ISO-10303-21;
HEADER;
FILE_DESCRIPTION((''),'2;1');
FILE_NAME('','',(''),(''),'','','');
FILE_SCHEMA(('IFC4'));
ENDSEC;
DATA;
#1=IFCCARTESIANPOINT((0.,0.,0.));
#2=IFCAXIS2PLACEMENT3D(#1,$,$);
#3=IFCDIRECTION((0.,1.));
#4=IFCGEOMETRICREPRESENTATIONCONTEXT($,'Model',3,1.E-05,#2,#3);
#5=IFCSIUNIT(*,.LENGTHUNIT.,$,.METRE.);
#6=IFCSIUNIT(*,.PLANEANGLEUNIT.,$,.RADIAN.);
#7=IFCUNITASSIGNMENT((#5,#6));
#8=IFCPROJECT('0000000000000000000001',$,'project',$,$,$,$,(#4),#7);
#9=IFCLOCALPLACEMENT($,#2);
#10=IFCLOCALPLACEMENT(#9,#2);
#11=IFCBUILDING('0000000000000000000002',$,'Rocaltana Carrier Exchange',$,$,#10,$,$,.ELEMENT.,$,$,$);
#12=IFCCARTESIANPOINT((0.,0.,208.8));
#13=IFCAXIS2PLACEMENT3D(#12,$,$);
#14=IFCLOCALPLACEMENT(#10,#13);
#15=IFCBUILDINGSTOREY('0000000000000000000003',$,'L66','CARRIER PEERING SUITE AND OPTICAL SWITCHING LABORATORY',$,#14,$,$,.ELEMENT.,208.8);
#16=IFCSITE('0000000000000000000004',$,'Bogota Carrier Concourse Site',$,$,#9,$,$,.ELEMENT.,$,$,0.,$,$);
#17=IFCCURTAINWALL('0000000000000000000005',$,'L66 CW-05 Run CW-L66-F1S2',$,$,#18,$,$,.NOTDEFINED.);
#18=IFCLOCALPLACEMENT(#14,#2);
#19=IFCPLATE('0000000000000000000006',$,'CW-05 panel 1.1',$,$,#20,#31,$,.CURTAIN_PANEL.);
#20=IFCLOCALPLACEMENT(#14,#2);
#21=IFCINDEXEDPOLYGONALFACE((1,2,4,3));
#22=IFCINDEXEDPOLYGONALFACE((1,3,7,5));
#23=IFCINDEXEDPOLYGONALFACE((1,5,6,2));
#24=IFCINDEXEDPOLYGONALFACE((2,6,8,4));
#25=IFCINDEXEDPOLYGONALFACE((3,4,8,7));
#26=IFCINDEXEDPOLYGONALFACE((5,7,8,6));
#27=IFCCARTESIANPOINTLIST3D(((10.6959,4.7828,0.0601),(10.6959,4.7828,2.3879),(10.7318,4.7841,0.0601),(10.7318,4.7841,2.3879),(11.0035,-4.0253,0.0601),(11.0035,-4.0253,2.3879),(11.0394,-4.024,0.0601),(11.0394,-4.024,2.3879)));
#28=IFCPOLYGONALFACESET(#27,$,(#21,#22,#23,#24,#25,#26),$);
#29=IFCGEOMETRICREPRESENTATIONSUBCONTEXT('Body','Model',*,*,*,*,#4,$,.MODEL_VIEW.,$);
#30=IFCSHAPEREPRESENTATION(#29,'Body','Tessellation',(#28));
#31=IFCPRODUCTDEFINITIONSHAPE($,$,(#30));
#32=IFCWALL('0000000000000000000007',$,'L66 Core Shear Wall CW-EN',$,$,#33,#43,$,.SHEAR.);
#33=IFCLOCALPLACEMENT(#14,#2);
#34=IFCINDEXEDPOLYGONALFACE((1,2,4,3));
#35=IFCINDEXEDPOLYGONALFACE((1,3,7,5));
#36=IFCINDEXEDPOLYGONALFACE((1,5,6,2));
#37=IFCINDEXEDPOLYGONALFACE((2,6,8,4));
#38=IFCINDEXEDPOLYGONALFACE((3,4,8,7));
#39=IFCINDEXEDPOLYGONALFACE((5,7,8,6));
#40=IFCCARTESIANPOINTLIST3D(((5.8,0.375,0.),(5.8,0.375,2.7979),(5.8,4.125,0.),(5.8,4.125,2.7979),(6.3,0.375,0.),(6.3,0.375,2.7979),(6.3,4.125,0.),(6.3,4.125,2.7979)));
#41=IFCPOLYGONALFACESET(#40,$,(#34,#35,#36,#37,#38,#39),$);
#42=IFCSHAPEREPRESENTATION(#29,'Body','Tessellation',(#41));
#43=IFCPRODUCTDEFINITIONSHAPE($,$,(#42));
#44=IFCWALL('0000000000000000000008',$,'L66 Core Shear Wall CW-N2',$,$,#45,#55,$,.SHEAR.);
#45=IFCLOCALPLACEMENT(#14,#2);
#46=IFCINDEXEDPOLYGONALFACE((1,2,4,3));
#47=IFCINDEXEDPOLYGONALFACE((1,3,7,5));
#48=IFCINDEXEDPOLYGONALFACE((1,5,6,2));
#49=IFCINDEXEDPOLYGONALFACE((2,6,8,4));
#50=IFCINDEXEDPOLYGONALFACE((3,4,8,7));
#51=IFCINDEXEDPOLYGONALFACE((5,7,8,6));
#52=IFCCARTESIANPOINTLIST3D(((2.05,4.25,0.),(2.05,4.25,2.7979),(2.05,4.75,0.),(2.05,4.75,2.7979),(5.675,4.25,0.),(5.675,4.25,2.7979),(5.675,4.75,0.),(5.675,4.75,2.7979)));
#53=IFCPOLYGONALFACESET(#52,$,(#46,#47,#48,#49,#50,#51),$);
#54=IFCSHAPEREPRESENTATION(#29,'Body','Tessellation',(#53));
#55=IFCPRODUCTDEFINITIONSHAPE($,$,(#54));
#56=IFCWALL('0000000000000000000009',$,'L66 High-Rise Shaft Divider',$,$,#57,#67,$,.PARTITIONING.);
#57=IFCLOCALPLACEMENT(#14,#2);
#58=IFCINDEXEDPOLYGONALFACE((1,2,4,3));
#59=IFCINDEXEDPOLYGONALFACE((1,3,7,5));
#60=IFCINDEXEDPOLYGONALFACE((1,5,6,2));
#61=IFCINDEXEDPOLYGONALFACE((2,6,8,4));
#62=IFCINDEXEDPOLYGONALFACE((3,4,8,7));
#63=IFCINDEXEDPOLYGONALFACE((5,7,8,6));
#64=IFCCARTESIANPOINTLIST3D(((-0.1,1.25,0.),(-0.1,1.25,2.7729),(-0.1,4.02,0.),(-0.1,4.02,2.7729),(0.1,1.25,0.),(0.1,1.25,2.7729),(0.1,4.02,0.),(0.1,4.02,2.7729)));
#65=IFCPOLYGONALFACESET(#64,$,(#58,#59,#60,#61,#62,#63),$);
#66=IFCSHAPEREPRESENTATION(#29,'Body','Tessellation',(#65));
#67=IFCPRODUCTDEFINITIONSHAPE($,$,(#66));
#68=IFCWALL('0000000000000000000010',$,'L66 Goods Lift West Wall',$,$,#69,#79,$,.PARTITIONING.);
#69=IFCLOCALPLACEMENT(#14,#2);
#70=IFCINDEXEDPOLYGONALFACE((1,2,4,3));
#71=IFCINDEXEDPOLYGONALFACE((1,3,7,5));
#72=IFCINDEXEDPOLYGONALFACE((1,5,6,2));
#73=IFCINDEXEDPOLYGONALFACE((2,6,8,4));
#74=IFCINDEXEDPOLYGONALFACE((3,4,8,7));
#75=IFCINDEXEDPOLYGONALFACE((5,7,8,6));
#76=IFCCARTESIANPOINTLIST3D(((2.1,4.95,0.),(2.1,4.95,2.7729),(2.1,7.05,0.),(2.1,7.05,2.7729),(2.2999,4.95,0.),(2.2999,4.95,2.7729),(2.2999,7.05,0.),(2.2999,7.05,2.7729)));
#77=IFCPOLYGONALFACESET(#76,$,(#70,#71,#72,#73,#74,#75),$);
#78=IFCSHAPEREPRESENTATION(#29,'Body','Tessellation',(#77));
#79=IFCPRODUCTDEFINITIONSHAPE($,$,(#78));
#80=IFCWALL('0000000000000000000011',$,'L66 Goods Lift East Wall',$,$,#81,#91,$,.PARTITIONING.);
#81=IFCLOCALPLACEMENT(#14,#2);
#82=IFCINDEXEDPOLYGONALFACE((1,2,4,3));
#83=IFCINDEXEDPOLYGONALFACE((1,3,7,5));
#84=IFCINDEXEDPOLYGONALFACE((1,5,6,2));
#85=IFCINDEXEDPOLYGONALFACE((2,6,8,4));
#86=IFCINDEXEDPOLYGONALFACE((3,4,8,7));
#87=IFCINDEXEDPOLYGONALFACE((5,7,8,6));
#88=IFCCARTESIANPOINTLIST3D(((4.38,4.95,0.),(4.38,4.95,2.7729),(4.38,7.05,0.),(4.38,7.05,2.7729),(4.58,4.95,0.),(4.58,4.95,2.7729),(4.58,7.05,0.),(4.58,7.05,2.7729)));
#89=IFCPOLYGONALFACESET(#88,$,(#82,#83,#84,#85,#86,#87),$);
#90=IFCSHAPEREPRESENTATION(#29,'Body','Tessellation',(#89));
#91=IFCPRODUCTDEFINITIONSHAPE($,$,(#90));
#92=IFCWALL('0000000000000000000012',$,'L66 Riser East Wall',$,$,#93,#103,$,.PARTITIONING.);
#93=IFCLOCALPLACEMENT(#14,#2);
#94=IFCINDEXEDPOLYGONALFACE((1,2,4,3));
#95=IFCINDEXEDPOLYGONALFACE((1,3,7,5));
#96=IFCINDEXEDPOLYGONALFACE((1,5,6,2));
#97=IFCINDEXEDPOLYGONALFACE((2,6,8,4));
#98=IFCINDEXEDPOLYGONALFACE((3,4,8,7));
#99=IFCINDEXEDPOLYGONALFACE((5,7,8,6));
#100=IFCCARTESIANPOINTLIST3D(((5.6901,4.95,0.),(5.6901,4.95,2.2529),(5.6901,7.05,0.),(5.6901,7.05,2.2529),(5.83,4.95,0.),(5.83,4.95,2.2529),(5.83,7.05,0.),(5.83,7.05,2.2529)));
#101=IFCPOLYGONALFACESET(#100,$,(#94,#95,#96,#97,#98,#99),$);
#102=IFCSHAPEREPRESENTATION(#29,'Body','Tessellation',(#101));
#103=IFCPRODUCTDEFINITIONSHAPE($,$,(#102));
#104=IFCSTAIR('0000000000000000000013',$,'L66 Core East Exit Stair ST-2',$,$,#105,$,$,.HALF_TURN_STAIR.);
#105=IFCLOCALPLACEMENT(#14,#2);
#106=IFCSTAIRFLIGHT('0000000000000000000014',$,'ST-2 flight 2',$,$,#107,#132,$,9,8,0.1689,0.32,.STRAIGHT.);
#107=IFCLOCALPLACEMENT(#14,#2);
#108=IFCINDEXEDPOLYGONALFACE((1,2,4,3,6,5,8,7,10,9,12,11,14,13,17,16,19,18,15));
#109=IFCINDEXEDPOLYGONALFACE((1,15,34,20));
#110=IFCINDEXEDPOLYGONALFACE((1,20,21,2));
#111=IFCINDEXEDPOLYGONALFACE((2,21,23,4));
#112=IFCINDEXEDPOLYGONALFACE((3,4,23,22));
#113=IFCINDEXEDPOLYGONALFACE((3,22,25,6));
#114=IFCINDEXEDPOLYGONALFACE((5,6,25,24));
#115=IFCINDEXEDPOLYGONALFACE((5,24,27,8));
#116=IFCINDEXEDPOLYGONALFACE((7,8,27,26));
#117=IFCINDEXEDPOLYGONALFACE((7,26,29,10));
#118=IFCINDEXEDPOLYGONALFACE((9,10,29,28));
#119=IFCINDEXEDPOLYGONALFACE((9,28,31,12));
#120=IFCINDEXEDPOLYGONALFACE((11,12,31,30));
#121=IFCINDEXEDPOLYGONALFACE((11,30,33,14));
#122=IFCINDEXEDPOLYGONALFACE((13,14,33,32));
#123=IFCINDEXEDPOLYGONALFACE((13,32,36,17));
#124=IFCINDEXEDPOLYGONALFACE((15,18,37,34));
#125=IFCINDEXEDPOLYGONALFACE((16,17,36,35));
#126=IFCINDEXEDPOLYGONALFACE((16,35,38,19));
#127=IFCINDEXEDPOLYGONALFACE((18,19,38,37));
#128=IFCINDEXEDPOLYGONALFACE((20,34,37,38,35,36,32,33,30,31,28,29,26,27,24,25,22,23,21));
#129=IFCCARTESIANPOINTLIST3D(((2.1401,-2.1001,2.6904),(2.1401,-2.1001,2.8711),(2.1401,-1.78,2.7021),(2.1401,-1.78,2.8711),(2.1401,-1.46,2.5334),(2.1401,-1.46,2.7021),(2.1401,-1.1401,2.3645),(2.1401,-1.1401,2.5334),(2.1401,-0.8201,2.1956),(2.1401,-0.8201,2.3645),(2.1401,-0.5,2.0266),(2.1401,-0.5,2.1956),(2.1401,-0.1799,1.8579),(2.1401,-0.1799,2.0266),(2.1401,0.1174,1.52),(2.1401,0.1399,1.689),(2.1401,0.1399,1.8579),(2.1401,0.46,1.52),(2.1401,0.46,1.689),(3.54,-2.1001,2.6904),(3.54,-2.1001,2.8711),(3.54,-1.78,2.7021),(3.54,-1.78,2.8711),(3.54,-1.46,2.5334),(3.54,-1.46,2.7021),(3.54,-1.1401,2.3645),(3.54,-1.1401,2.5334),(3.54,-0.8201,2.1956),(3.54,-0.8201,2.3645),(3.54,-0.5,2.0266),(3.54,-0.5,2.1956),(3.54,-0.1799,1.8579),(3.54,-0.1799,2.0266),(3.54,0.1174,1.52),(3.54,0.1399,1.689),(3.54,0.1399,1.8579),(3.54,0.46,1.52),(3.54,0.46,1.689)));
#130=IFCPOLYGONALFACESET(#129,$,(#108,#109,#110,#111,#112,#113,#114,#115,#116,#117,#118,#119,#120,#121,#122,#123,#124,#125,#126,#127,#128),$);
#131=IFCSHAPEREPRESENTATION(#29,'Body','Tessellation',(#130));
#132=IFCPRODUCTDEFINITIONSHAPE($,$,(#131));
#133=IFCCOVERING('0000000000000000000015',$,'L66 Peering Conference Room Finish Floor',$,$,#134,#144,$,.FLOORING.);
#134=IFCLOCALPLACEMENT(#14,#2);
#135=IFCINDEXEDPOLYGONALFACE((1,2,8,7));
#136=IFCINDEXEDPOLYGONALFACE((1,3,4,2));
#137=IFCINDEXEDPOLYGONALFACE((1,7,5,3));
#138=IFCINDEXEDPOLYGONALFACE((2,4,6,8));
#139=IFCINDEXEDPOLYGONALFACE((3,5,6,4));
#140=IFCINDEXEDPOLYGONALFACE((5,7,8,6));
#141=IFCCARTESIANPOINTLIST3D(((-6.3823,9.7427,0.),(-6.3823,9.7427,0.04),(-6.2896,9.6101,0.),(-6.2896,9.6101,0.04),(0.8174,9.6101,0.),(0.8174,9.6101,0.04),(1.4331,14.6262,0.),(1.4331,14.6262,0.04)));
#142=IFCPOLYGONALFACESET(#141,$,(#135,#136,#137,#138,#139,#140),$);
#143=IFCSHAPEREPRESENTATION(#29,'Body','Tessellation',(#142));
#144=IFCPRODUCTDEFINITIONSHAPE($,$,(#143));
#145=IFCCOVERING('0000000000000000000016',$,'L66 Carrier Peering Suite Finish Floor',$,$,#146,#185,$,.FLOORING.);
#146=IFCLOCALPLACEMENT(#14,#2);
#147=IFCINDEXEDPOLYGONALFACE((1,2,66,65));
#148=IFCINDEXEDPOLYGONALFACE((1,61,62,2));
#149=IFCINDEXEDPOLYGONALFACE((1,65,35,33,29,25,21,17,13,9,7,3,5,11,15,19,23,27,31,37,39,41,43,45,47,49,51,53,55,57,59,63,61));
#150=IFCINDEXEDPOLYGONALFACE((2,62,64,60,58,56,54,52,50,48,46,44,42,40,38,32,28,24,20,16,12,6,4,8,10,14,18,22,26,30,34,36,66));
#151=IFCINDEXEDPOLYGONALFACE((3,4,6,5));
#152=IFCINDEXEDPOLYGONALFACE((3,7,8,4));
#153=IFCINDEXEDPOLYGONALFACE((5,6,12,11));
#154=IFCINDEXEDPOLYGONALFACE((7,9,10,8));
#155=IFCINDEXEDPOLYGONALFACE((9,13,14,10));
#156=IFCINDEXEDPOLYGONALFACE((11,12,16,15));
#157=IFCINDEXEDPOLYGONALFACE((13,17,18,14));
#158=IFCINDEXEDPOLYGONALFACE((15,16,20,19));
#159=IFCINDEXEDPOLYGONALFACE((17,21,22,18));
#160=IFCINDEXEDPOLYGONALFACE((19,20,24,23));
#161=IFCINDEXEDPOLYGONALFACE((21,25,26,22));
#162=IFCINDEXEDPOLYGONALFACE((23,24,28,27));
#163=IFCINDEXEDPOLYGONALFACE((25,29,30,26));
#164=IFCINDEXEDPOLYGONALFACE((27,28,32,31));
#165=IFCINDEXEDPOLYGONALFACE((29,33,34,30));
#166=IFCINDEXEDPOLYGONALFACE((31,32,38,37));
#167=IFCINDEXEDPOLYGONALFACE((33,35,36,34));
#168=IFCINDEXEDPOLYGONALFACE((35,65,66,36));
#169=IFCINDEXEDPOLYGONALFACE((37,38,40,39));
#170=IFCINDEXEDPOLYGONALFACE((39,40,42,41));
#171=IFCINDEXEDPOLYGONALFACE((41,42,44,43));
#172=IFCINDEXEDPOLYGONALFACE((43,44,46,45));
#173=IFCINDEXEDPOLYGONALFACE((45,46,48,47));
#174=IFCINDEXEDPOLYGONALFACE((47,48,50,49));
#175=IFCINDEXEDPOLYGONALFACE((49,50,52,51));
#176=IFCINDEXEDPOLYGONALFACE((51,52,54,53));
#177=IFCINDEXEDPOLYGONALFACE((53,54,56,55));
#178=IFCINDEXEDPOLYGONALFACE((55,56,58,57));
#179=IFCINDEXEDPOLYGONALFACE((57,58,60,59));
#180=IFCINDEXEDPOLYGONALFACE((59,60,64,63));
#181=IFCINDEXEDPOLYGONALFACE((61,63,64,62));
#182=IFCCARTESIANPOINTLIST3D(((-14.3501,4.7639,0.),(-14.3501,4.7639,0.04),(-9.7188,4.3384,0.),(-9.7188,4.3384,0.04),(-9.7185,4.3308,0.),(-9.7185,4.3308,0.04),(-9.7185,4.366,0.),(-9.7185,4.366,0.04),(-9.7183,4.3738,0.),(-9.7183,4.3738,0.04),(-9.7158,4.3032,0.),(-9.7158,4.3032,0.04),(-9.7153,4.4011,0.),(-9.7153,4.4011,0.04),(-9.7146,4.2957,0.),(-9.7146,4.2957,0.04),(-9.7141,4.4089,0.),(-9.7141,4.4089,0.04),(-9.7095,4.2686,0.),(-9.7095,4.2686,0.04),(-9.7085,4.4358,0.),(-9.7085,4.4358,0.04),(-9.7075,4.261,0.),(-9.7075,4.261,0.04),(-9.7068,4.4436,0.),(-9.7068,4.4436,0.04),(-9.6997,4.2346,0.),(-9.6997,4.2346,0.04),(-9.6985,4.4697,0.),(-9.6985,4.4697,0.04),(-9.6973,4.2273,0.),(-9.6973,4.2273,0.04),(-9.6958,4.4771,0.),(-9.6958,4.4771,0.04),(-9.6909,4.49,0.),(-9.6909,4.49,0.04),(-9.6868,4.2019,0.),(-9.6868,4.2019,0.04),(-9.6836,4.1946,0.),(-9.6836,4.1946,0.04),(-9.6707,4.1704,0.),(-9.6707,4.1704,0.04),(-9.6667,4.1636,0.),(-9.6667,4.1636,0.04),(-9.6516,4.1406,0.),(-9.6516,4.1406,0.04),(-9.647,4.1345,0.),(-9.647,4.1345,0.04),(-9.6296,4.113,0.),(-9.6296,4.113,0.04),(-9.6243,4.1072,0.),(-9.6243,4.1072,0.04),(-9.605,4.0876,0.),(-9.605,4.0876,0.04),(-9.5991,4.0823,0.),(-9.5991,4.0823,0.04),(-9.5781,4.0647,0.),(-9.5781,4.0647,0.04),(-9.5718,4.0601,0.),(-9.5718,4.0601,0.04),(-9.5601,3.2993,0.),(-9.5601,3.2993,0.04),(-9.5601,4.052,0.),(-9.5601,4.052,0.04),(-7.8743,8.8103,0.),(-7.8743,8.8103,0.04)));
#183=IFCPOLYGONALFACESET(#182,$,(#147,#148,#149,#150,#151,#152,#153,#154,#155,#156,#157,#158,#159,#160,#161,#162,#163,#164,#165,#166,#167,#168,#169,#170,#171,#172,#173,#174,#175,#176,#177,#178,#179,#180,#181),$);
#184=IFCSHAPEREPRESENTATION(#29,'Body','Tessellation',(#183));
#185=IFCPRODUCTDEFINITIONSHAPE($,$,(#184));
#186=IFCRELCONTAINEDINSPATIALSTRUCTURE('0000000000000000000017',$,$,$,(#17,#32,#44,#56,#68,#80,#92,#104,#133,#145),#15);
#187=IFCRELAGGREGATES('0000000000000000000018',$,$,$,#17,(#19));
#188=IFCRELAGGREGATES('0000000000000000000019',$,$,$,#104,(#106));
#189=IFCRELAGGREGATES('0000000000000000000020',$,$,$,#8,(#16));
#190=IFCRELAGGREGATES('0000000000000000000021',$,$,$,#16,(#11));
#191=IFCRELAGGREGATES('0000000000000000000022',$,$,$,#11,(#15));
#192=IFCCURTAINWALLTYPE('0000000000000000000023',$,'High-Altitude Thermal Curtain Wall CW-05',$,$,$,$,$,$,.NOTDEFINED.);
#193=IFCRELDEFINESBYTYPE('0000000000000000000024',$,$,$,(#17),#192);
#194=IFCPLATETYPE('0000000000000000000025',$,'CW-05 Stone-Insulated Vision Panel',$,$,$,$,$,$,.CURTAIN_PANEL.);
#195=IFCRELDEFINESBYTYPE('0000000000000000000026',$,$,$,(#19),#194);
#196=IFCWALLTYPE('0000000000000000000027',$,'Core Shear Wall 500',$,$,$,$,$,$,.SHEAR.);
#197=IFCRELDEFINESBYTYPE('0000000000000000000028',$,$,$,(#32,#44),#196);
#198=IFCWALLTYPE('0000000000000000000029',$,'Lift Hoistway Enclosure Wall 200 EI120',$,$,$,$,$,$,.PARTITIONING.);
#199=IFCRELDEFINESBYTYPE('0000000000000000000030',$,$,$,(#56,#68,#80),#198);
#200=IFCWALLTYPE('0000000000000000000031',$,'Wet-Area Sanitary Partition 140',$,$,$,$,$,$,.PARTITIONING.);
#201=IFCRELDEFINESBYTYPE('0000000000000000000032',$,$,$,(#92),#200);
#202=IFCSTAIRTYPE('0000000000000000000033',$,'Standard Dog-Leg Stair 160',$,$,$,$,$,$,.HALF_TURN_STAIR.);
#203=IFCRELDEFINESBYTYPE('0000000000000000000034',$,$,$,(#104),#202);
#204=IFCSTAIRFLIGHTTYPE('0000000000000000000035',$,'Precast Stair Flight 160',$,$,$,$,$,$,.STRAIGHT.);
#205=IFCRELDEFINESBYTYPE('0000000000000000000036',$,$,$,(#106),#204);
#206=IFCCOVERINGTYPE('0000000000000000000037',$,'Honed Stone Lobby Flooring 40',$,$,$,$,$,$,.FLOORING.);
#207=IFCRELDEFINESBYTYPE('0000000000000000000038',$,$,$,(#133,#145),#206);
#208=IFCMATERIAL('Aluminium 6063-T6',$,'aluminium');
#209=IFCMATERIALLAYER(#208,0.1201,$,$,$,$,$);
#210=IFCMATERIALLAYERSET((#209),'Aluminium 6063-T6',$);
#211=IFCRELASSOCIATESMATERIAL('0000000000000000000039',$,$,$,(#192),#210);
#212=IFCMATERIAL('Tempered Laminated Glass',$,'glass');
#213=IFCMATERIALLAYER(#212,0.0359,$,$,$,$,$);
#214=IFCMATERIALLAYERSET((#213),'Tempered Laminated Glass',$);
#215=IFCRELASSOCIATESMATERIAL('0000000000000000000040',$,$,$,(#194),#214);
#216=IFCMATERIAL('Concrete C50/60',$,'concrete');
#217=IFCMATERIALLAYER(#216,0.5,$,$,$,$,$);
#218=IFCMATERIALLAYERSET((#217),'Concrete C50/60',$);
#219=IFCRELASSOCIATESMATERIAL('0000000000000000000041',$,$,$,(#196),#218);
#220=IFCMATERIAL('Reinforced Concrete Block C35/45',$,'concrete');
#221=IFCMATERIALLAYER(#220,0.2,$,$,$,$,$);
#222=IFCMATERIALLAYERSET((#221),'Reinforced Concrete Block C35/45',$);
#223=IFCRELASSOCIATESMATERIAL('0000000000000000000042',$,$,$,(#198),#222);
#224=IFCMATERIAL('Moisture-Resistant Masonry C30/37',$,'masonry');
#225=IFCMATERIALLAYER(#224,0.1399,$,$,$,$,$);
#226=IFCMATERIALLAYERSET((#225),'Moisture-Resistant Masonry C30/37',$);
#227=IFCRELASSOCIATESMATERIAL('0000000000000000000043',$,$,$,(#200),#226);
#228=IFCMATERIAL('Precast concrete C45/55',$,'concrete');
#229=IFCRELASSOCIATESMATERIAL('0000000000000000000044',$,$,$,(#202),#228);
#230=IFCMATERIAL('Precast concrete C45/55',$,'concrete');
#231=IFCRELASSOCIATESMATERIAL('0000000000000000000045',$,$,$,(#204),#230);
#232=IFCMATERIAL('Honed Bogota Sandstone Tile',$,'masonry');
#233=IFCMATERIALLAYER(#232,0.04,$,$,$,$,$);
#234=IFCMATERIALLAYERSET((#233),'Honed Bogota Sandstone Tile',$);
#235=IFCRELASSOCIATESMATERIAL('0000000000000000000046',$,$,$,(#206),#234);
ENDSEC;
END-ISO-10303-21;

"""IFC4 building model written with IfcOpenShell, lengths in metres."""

from ifc_helpers import new_model, si_unit, direction, frame, frame_2d, origin, origin_2d, place, context, subcontext, project, spatial, polyline, rectangle, outline, extrude, material, layer, layer_set, type_object, element, aggregate, save


model = new_model("IFC4")

# Units and contexts
model_context = context("Model", 3, precision=1e-05, world=origin(), true_north=direction((0.0, 1.0)))
body_context = subcontext(model_context, "Body", "Model", "MODEL_VIEW")
ifc_project = project(units=[si_unit("LENGTHUNIT", "METRE"), si_unit("PLANEANGLEUNIT", "RADIAN")], contexts=[model_context])

# Site, building, storey
site_placement = place(None, origin())
site = spatial("IfcSite", under=ifc_project, at=site_placement, Name="Bogota Carrier Concourse Site", CompositionType="ELEMENT", RefElevation=0.0)
building_placement = place(site_placement, origin())
building = spatial("IfcBuilding", under=site, at=building_placement, Name="Rocaltana Carrier Exchange", CompositionType="ELEMENT")
storey_placement = place(building_placement, frame((0.0, 0.0, 208.8)))
storey = spatial("IfcBuildingStorey", under=building, at=storey_placement, Name="L66", Description="CARRIER PEERING SUITE AND OPTICAL SWITCHING LABORATORY", CompositionType="ELEMENT", Elevation=208.8)

# Curtain wall
ifc_material_1 = material(Name="Aluminium 6063-T6", Category="aluminium")
ifc_layer_1 = layer(ifc_material_1, 0.1201)
ifc_layer_set_1 = layer_set([ifc_layer_1], Name="Aluminium 6063-T6")
curtain_wall_type = type_object("IfcCurtainWallType", Name="High-Altitude Thermal Curtain Wall CW-05", PredefinedType="NOTDEFINED", material=ifc_layer_set_1)
curtain_wall_placement = place(storey_placement, origin())
curtain_wall = element("IfcCurtainWall", 1, at=curtain_wall_placement, inside=storey, type_object=curtain_wall_type, Name="L66 CW-05 Run CW-L66-F1S2", PredefinedType="NOTDEFINED")

# Plate
ifc_material_2 = material(Name="Tempered Laminated Glass", Category="glass")
ifc_layer_2 = layer(ifc_material_2, 0.0359)
ifc_layer_set_2 = layer_set([ifc_layer_2], Name="Tempered Laminated Glass")
plate_type = type_object("IfcPlateType", Name="CW-05 Stone-Insulated Vision Panel", PredefinedType="CURTAIN_PANEL", material=ifc_layer_set_2)
plate_placement = place(storey_placement, frame((10.8677, 0.3794, 0.0601), z_axis=(0.0, 0.0, 1.0), x_axis=(-0.034903, 0.999391, 0.0)))
plate = element("IfcPlate", 2, at=plate_placement, type_object=plate_type, Name="CW-05 panel 1.1", PredefinedType="CURTAIN_PANEL", context=body_context, shape_type="SweptSolid", body=[
    extrude(rectangle(XDim=8.8135, YDim=0.0359, at=origin_2d()), origin(), (0.0, 0.0, 1.0), 2.3279),
])
aggregate(curtain_wall, [plate])

# Walls
ifc_material_3 = material(Name="Concrete C50/60", Category="concrete")
ifc_layer_3 = layer(ifc_material_3, 0.5)
ifc_layer_set_3 = layer_set([ifc_layer_3], Name="Concrete C50/60")
wall_type_1 = type_object("IfcWallType", Name="Core Shear Wall 500", PredefinedType="SHEAR", material=ifc_layer_set_3)
wall_1_placement = place(storey_placement, frame((6.05, 0.375, 0.0), z_axis=(0.0, 0.0, 1.0), x_axis=(0.0, 1.0, 0.0)))
element("IfcWall", 3, at=wall_1_placement, inside=storey, type_object=wall_type_1, Name="L66 Core Shear Wall CW-EN", PredefinedType="SHEAR", context=body_context, shape_type="SweptSolid", body=[
    extrude(rectangle(XDim=3.75, YDim=0.5, at=frame_2d((1.875, 0.0))), origin(), (0.0, 0.0, 1.0), 2.7979),
])
wall_2_placement = place(storey_placement, frame((2.05, 4.5, 0.0), z_axis=(0.0, 0.0, 1.0), x_axis=(1.0, 0.0, 0.0)))
element("IfcWall", 4, at=wall_2_placement, inside=storey, type_object=wall_type_1, Name="L66 Core Shear Wall CW-N2", PredefinedType="SHEAR", context=body_context, shape_type="SweptSolid", body=[
    extrude(rectangle(XDim=3.625, YDim=0.5, at=frame_2d((1.8125, 0.0))), origin(), (0.0, 0.0, 1.0), 2.7979),
])
ifc_material_4 = material(Name="Reinforced Concrete Block C35/45", Category="concrete")
ifc_layer_4 = layer(ifc_material_4, 0.2)
ifc_layer_set_4 = layer_set([ifc_layer_4], Name="Reinforced Concrete Block C35/45")
wall_type_2 = type_object("IfcWallType", Name="Lift Hoistway Enclosure Wall 200 EI120", PredefinedType="PARTITIONING", material=ifc_layer_set_4)
wall_3_placement = place(storey_placement, frame((0.0, 1.25, 0.0), z_axis=(0.0, 0.0, 1.0), x_axis=(0.0, 1.0, 0.0)))
element("IfcWall", 5, at=wall_3_placement, inside=storey, type_object=wall_type_2, Name="L66 High-Rise Shaft Divider", PredefinedType="PARTITIONING", context=body_context, shape_type="SweptSolid", body=[
    extrude(rectangle(XDim=2.77, YDim=0.2, at=frame_2d((1.385, 0.0))), origin(), (0.0, 0.0, 1.0), 2.7729),
])
for number, where, z_axis, x_axis, name in (
    (6, (2.2, 4.95, 0.0), (0.0, 0.0, 1.0), (0.0, 1.0, 0.0), "L66 Goods Lift West Wall"),
    (7, (4.48, 4.95, 0.0), (0.0, 0.0, 1.0), (0.0, 1.0, 0.0), "L66 Goods Lift East Wall"),
):
    element("IfcWall", number, at=place(storey_placement, frame(where, z_axis=z_axis, x_axis=x_axis)), inside=storey, type_object=wall_type_2, Name=name, PredefinedType="PARTITIONING", context=body_context, shape_type="SweptSolid", body=[
        extrude(rectangle(XDim=2.1001, YDim=0.2, at=frame_2d((1.05, 0.0))), origin(), (0.0, 0.0, 1.0), 2.7729),
    ])
ifc_material_5 = material(Name="Moisture-Resistant Masonry C30/37", Category="masonry")
ifc_layer_5 = layer(ifc_material_5, 0.1399)
ifc_layer_set_5 = layer_set([ifc_layer_5], Name="Moisture-Resistant Masonry C30/37")
wall_type_3 = type_object("IfcWallType", Name="Wet-Area Sanitary Partition 140", PredefinedType="PARTITIONING", material=ifc_layer_set_5)
wall_4_placement = place(storey_placement, frame((5.76, 4.95, 0.0), z_axis=(0.0, 0.0, 1.0), x_axis=(0.0, 1.0, 0.0)))
element("IfcWall", 8, at=wall_4_placement, inside=storey, type_object=wall_type_3, Name="L66 Riser East Wall", PredefinedType="PARTITIONING", context=body_context, shape_type="SweptSolid", body=[
    extrude(rectangle(XDim=2.1001, YDim=0.1399, at=frame_2d((1.05, 0.0))), origin(), (0.0, 0.0, 1.0), 2.2529),
])

# Stair, stair flight
ifc_material_6 = material(Name="Precast concrete C45/55", Category="concrete")
stair_type = type_object("IfcStairType", Name="Standard Dog-Leg Stair 160", PredefinedType="HALF_TURN_STAIR", material=ifc_material_6)
stair_placement = place(storey_placement, origin())
stair = element("IfcStair", 9, at=stair_placement, inside=storey, type_object=stair_type, Name="L66 Core East Exit Stair ST-2", PredefinedType="HALF_TURN_STAIR")
ifc_material_7 = material(Name="Precast concrete C45/55", Category="concrete")
stair_flight_type = type_object("IfcStairFlightType", Name="Precast Stair Flight 160", PredefinedType="STRAIGHT", material=ifc_material_7)
stair_flight_placement = place(storey_placement, frame((2.8401, 0.46, 1.52), z_axis=(0.0, 0.0, 1.0), x_axis=(0.0, -1.0, 0.0)))
stair_flight = element("IfcStairFlight", 10, at=stair_flight_placement, type_object=stair_flight_type, Name="ST-2 flight 2", NumberOfRisers=9, NumberOfTreads=8, PredefinedType="STRAIGHT", RiserHeight=0.1689, TreadLength=0.32, context=body_context, shape_type="SweptSolid", body=[
    extrude(outline(polyline([(0.0, 0.0), (0.0, 0.1689), (0.3201, 0.1689), (0.3201, 0.3379), (0.6399, 0.3379), (0.6399, 0.5066), (0.96, 0.5066), (0.96, 0.6755), (1.28, 0.6755), (1.28, 0.8445), (1.6001, 0.8445), (1.6001, 1.0134), (1.9199, 1.0134), (1.9199, 1.1821), (2.24, 1.1821), (2.24, 1.3511), (2.5601, 1.3511), (2.5601, 1.52), (2.5601, 1.1704), (0.3425, 0.0), (0.0, 0.0)])), frame((0.0, 0.7, 0.0), z_axis=(0.0, -1.0, 0.0), x_axis=(1.0, 0.0, 0.0)), (0.0, 0.0, 1.0), 1.3999),
])
aggregate(stair, [stair_flight])

# Coverings
ifc_material_8 = material(Name="Honed Bogota Sandstone Tile", Category="masonry")
ifc_layer_6 = layer(ifc_material_8, 0.04)
ifc_layer_set_6 = layer_set([ifc_layer_6], Name="Honed Bogota Sandstone Tile")
covering_type_1 = type_object("IfcCoveringType", Name="Honed Stone Lobby Flooring 40", PredefinedType="FLOORING", material=ifc_layer_set_6)
covering_1_placement = place(storey_placement, origin())
element("IfcCovering", 11, at=covering_1_placement, inside=storey, type_object=covering_type_1, Name="L66 Peering Conference Room Finish Floor", PredefinedType="FLOORING", context=body_context, shape_type="SweptSolid", body=[
    extrude(outline(polyline([(1.4331, 14.6262), (0.8174, 9.6101), (-6.2896, 9.6101), (-6.3823, 9.7427), (1.4331, 14.6262)])), origin(), (0.0, 0.0, 1.0), 0.04),
])
covering_2_placement = place(storey_placement, origin())
element("IfcCovering", 12, at=covering_2_placement, inside=storey, type_object=covering_type_1, Name="L66 Carrier Peering Suite Finish Floor", PredefinedType="FLOORING", context=body_context, shape_type="SweptSolid", body=[
    extrude(outline(polyline([(-9.5601, 4.052), (-9.5601, 3.2993), (-14.3501, 4.7639), (-7.8743, 8.8103), (-9.6909, 4.49), (-9.6958, 4.4771), (-9.6985, 4.4697), (-9.7068, 4.4436), (-9.7085, 4.4358), (-9.7141, 4.4089), (-9.7153, 4.4011), (-9.7183, 4.3738), (-9.7185, 4.366), (-9.7188, 4.3384), (-9.7185, 4.3308), (-9.7158, 4.3032), (-9.7146, 4.2957), (-9.7095, 4.2686), (-9.7075, 4.261), (-9.6997, 4.2346), (-9.6973, 4.2273), (-9.6868, 4.2019), (-9.6836, 4.1946), (-9.6707, 4.1704), (-9.6667, 4.1636), (-9.6516, 4.1406), (-9.647, 4.1345), (-9.6296, 4.113), (-9.6243, 4.1072), (-9.605, 4.0876), (-9.5991, 4.0823), (-9.5781, 4.0647), (-9.5718, 4.0601), (-9.5601, 4.052)])), origin(), (0.0, 0.0, 1.0), 0.04),
])

save(model, "model.ifc")
